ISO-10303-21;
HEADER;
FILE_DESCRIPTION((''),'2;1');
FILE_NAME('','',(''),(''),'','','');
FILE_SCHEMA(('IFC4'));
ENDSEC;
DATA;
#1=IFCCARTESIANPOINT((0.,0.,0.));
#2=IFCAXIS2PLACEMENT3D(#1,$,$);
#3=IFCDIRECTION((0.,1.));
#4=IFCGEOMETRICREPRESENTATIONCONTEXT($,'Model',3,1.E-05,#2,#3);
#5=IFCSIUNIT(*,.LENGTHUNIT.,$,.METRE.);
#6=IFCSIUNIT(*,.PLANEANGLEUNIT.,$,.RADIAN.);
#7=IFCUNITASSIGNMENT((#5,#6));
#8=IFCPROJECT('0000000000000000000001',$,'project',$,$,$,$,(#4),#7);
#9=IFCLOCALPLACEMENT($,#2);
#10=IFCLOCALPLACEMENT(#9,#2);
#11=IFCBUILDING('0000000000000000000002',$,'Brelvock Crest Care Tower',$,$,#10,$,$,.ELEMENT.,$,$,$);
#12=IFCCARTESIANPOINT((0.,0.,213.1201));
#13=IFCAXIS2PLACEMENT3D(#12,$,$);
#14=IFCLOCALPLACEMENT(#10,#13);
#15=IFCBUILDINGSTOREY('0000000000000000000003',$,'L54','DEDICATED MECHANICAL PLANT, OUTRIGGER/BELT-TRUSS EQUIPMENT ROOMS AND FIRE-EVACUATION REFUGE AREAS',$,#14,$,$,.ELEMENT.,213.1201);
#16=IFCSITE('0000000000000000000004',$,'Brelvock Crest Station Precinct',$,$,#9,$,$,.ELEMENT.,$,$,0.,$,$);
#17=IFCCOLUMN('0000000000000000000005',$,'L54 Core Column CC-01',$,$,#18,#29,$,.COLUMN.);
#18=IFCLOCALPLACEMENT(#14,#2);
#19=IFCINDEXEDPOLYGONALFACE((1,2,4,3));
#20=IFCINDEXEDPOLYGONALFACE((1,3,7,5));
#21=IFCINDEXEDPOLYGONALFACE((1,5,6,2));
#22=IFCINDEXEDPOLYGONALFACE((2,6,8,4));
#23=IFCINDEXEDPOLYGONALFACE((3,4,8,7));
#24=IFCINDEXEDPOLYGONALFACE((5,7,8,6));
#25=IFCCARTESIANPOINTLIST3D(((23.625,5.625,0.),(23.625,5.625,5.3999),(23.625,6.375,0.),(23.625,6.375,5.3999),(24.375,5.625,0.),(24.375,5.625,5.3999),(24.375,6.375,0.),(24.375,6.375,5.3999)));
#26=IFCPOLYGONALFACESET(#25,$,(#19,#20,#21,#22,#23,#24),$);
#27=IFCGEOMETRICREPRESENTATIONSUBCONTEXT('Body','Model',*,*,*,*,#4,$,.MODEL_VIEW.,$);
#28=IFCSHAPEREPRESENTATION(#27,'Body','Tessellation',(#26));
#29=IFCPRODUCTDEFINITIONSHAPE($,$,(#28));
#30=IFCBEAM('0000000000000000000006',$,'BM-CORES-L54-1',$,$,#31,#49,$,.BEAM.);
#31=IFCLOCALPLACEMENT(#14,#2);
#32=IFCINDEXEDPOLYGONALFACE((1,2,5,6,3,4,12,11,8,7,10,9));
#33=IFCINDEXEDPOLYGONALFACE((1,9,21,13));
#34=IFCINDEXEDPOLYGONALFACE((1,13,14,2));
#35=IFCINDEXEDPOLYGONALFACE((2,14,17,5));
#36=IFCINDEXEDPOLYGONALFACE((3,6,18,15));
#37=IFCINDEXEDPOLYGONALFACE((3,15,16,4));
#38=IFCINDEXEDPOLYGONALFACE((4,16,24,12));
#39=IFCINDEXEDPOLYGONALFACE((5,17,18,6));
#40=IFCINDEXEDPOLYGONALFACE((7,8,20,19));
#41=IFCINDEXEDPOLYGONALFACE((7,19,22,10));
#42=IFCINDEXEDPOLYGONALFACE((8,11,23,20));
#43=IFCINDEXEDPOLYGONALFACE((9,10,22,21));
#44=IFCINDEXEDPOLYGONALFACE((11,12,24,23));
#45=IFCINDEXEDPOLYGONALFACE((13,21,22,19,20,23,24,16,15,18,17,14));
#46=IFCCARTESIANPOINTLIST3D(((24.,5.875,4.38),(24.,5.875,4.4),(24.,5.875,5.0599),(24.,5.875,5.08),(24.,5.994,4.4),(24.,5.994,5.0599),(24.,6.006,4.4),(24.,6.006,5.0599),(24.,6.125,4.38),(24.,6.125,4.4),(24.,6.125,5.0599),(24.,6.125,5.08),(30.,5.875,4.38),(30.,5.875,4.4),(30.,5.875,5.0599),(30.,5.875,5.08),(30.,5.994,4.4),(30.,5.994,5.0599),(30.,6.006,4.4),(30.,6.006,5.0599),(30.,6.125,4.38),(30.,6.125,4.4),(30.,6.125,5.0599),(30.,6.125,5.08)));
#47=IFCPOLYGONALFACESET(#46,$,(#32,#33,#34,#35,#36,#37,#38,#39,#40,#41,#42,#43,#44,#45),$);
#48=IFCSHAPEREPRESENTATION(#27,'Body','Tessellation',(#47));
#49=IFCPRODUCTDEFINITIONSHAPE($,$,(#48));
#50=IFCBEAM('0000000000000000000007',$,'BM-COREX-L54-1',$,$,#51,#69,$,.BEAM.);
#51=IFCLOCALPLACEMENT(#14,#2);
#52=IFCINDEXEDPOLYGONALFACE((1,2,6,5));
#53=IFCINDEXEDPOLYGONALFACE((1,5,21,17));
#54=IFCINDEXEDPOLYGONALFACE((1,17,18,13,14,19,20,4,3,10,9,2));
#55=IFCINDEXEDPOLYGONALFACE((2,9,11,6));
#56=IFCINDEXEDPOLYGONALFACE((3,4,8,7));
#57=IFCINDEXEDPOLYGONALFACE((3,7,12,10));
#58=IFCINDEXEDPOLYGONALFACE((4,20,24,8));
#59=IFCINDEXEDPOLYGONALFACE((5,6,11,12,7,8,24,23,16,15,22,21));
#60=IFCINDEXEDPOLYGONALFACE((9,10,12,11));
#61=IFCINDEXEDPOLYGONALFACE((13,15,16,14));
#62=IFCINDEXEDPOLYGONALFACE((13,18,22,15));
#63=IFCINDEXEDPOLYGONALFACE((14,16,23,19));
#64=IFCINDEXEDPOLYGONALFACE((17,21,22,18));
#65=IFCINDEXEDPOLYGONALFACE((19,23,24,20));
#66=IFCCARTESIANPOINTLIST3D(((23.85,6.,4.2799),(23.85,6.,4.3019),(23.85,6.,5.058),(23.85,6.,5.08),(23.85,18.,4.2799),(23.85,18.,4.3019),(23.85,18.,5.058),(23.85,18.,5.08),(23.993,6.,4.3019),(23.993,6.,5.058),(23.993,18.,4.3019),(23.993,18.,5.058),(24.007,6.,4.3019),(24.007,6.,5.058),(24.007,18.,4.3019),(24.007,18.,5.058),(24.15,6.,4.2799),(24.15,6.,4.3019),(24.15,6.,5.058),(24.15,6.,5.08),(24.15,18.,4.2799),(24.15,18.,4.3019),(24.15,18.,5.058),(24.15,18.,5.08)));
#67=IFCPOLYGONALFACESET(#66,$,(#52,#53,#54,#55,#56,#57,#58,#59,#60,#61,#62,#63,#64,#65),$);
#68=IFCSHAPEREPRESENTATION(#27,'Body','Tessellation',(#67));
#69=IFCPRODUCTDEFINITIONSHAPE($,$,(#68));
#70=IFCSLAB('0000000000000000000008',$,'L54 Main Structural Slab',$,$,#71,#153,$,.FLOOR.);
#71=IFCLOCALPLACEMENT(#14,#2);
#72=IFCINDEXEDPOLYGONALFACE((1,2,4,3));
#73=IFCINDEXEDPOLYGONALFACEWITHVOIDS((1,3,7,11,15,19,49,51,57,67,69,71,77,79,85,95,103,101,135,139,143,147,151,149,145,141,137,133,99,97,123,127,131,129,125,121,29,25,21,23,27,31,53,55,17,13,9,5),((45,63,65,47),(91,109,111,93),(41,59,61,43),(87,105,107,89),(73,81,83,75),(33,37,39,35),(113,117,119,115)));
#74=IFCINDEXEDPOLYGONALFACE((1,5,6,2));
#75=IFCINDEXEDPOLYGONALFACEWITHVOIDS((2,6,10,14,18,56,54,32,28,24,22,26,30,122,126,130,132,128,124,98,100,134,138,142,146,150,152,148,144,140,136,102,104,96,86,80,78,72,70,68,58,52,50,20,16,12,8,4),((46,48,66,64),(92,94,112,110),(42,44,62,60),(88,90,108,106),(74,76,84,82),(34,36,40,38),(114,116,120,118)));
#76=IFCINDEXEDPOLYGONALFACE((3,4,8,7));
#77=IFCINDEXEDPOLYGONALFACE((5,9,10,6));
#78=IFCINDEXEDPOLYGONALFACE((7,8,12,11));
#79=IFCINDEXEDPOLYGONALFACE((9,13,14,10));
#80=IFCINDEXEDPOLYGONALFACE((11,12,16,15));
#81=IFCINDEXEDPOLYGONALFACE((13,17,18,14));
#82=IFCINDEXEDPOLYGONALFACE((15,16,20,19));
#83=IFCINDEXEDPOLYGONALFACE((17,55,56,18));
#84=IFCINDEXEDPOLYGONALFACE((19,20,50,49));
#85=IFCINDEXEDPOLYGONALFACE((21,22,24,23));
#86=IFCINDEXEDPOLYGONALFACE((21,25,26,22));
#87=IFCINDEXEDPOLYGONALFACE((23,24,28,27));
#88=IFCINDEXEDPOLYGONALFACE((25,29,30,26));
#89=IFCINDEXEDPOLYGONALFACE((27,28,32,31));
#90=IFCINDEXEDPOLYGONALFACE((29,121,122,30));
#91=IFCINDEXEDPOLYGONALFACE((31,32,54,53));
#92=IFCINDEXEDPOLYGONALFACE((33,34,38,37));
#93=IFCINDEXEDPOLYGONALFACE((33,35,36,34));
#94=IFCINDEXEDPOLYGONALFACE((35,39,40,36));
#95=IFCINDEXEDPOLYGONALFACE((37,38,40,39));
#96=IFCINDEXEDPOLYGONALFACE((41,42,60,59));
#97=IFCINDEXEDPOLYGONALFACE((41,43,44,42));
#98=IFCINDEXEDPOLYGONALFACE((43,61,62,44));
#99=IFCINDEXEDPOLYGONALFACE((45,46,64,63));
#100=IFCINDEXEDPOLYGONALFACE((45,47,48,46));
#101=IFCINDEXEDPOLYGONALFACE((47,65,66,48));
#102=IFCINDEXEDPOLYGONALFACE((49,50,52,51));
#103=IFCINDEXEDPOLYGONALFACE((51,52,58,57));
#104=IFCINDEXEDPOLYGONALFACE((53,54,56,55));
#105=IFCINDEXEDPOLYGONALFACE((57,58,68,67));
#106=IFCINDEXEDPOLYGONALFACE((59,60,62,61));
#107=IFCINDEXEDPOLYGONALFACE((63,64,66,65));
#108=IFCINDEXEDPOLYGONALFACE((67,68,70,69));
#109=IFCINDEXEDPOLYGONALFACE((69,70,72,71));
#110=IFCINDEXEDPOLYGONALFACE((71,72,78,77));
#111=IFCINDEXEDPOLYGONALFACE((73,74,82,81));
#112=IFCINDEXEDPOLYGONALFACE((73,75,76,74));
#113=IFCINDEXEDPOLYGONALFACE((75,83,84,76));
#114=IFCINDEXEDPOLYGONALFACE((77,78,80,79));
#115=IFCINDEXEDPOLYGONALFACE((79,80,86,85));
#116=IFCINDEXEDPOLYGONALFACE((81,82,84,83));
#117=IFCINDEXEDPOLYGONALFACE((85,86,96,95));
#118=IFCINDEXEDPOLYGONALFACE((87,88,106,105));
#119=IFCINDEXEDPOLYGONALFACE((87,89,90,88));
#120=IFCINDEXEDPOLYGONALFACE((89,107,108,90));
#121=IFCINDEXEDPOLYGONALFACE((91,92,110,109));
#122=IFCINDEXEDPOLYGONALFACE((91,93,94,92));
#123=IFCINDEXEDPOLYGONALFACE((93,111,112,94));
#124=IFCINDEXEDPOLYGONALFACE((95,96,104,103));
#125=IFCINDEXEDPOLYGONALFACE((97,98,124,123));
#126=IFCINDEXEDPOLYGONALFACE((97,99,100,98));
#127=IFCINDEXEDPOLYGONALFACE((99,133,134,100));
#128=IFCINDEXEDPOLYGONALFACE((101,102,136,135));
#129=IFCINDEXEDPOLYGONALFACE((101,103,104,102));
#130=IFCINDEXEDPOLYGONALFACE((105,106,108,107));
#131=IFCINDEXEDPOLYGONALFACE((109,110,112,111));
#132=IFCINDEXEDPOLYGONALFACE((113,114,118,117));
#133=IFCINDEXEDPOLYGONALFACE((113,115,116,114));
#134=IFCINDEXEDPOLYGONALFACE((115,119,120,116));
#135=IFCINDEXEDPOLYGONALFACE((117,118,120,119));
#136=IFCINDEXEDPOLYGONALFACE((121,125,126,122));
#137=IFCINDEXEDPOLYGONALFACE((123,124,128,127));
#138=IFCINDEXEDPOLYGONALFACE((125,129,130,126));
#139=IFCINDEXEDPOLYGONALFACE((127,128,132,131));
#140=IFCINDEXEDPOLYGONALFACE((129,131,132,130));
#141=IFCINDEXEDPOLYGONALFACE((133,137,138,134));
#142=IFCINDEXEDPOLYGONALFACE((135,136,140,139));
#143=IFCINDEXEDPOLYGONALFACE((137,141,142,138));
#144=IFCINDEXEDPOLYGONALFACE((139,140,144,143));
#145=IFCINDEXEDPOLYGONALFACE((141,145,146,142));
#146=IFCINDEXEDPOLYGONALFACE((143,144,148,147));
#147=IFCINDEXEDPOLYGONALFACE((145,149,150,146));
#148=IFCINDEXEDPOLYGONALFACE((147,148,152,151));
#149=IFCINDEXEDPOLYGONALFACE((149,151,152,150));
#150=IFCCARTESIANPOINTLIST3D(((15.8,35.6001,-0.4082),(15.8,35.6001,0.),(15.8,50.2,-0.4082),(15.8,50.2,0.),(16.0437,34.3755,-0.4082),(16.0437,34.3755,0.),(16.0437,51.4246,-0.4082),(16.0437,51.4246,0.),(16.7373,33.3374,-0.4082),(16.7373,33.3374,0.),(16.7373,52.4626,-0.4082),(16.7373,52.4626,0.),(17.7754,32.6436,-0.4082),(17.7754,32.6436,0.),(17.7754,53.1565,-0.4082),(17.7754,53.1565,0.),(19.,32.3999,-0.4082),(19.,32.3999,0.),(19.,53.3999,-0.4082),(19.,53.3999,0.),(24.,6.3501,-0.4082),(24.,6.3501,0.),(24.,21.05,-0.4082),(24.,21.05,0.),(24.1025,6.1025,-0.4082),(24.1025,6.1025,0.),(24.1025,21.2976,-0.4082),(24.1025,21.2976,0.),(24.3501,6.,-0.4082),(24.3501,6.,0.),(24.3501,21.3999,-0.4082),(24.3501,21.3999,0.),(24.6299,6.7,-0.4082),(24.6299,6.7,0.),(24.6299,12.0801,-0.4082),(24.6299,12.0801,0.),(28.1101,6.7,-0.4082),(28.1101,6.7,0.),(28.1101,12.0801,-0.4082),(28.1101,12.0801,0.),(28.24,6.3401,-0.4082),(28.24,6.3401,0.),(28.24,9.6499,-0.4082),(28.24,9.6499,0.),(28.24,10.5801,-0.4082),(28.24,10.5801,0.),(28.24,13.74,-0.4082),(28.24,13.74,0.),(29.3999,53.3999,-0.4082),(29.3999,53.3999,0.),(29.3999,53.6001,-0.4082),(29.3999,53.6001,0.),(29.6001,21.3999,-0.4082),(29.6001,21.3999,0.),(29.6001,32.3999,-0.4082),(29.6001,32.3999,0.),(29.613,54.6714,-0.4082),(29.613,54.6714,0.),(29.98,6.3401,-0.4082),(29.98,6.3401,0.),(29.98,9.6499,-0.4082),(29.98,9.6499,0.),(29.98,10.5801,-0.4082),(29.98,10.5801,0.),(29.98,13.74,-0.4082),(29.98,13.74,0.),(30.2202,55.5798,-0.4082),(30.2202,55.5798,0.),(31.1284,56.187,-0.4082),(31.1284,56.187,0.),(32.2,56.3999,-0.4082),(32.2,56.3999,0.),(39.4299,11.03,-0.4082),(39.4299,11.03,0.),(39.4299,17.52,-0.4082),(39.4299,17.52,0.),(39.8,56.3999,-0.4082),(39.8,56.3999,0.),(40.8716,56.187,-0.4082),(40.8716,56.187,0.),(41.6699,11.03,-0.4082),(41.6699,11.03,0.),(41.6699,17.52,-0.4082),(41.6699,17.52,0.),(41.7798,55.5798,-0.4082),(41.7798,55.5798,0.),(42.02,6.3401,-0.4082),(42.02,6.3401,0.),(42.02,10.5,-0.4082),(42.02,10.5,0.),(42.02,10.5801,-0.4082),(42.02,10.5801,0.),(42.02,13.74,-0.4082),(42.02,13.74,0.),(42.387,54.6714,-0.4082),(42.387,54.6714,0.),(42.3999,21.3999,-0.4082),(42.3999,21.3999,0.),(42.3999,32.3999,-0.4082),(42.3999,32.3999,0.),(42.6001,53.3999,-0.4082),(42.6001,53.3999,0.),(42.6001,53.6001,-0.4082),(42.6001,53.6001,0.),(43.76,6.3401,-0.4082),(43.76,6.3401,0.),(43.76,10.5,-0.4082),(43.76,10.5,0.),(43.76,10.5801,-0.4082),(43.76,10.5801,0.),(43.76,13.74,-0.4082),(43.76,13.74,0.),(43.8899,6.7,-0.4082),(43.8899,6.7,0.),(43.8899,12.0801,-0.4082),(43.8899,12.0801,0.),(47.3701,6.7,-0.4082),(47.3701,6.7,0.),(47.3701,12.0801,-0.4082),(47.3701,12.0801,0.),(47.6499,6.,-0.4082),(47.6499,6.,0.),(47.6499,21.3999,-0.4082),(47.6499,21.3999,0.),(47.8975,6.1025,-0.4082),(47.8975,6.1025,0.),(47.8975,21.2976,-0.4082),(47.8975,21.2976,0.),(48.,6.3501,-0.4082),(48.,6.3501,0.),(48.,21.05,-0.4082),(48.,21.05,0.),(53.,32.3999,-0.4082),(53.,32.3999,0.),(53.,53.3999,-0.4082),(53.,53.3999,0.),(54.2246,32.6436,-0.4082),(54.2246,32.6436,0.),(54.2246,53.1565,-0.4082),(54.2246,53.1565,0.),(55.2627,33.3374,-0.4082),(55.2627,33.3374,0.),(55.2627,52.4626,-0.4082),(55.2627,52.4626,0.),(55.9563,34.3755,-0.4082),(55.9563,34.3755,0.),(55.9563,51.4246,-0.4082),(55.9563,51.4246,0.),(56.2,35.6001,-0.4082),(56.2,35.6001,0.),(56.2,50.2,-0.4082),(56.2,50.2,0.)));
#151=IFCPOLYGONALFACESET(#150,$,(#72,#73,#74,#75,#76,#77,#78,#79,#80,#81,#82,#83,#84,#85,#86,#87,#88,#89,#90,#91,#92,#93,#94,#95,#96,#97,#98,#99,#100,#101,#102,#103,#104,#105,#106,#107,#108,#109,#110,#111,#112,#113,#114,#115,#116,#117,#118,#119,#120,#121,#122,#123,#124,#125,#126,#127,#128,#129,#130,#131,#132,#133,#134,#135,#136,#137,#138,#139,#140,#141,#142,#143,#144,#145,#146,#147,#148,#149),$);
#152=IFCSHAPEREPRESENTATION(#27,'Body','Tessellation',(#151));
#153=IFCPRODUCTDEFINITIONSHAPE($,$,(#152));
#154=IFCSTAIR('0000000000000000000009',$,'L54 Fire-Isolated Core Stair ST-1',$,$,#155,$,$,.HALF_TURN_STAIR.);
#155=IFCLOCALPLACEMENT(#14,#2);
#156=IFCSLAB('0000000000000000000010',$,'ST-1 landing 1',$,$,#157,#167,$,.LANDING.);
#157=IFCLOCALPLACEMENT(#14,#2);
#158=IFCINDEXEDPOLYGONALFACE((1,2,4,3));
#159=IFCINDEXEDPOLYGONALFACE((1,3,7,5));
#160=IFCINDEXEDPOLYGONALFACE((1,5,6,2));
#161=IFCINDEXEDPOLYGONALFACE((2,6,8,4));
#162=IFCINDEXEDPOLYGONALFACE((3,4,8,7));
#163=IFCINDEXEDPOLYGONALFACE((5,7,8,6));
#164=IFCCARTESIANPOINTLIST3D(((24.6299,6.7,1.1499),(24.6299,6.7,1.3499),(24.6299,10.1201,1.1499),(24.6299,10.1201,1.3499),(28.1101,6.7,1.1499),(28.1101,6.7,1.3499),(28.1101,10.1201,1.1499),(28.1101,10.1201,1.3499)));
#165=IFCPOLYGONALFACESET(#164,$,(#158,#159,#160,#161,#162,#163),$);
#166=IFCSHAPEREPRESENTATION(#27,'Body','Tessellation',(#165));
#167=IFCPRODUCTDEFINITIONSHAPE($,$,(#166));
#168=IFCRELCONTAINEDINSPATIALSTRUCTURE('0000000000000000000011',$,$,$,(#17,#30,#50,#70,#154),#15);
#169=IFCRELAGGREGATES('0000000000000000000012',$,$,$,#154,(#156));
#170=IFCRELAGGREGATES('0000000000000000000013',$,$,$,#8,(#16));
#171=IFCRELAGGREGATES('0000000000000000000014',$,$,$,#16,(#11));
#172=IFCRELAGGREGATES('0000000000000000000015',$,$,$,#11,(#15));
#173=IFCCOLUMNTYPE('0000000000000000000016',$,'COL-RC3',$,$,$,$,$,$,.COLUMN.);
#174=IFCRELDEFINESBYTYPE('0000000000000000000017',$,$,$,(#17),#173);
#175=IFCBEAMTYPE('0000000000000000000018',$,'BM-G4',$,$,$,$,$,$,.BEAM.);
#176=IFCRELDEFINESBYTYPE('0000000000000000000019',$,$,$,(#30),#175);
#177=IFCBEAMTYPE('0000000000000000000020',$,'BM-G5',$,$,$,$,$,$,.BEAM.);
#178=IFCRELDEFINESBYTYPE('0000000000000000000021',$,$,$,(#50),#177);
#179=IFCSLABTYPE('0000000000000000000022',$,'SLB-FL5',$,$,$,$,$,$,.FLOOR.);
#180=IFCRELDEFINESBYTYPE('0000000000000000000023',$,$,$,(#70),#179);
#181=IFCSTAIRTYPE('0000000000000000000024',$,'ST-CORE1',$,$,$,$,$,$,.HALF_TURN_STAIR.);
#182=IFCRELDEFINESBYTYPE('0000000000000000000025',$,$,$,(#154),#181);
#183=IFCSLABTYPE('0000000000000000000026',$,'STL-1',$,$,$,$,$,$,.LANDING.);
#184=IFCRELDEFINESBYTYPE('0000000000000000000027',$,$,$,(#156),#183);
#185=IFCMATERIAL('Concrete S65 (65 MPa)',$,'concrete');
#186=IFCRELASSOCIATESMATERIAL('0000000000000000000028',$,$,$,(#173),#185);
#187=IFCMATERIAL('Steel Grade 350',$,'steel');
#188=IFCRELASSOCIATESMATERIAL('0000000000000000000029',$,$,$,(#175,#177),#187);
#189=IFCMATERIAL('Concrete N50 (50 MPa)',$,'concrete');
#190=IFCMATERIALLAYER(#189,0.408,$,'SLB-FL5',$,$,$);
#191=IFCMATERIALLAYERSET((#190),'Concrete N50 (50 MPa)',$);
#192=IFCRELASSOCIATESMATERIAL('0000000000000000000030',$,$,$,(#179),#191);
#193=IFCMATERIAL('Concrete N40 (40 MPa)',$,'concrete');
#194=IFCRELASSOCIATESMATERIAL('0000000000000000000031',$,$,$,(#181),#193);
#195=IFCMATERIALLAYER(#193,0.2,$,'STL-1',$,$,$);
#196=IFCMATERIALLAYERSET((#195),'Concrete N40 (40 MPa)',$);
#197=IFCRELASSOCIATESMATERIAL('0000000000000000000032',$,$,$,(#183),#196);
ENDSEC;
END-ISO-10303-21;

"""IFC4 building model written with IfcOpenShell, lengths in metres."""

from ifc_helpers import new_model, si_unit, direction, frame, origin, origin_2d, place, context, subcontext, project, spatial, polyline, rectangle, i_section, outline, extrude, source, transform, mapped, material, layer, layer_set, material_profile, profile_set, type_object, element, aggregate, save


model = new_model("IFC4")

# Units and contexts
model_context = context("Model", 3, precision=1e-05, world=origin(), true_north=direction((0.0, 1.0)))
body_context = subcontext(model_context, "Body", "Model", "MODEL_VIEW")
ifc_project = project(units=[si_unit("LENGTHUNIT", "METRE"), si_unit("PLANEANGLEUNIT", "RADIAN")], contexts=[model_context])

# Site, building, storey
site_placement = place(None, origin())
site = spatial("IfcSite", under=ifc_project, at=site_placement, Name="Brelvock Crest Station Precinct", CompositionType="ELEMENT", RefElevation=0.0)
building_placement = place(site_placement, origin())
building = spatial("IfcBuilding", under=site, at=building_placement, Name="Brelvock Crest Care Tower", CompositionType="ELEMENT")
storey_placement = place(building_placement, frame((0.0, 0.0, 213.1201)))
storey = spatial("IfcBuildingStorey", under=building, at=storey_placement, Name="L54", Description="DEDICATED MECHANICAL PLANT, OUTRIGGER/BELT-TRUSS EQUIPMENT ROOMS AND FIRE-EVACUATION REFUGE AREAS", CompositionType="ELEMENT", Elevation=213.1201)

# Column
ifc_material_1 = material(Name="Concrete S65 (65 MPa)", Category="concrete")
ifc_material_profile_1 = material_profile(ifc_material_1, rectangle(XDim=0.75, YDim=0.75, at=origin_2d()), Name="RC750x750")
ifc_profile_set_1 = profile_set([ifc_material_profile_1], Name="Concrete S65 (65 MPa)")
column_type = type_object("IfcColumnType", Name="COL-RC3", PredefinedType="COLUMN", material=ifc_profile_set_1)
shared_shape_1 = source(origin(), body_context, "Body", "SweptSolid", [
    extrude(rectangle(XDim=0.75, YDim=0.75, at=origin_2d()), origin(), (0.0, 0.0, 1.0), 5.3999),
])
column_placement = place(storey_placement, frame((24.0, 6.0, 0.0), z_axis=(0.0, 0.0, 1.0), x_axis=(1.0, 0.0, 0.0)))
element("IfcColumn", 1, at=column_placement, inside=storey, type_object=column_type, Name="L54 Core Column CC-01", PredefinedType="COLUMN", context=body_context, shape_type="MappedRepresentation", body=[
    mapped(shared_shape_1, transform((0.0, 0.0, 0.0), x_axis=(1.0, 0.0, 0.0), y_axis=(0.0, 1.0, 0.0), z_axis=(0.0, 0.0, 1.0), scale=1.0)),
])

# Beams
ifc_material_2 = material(Name="Steel Grade 350", Category="steel")
ifc_material_profile_2 = material_profile(ifc_material_2, i_section(OverallWidth=0.25, OverallDepth=0.7, WebThickness=0.012, FlangeThickness=0.02, at=origin_2d()), Name="700WB150")
ifc_profile_set_2 = profile_set([ifc_material_profile_2], Name="Steel Grade 350")
beam_type_1 = type_object("IfcBeamType", Name="BM-G4", PredefinedType="BEAM", material=ifc_profile_set_2)
shared_shape_2 = source(origin(), body_context, "Body", "SweptSolid", [
    extrude(i_section(OverallWidth=0.25, OverallDepth=0.7, WebThickness=0.012, FlangeThickness=0.02, at=origin_2d()), origin(), (0.0, 0.0, 1.0), 6.0),
])
beam_1_placement = place(storey_placement, frame((24.0, 6.0, 4.73), z_axis=(1.0, 0.0, 0.0), x_axis=(0.0, 1.0, 0.0)))
element("IfcBeam", 2, at=beam_1_placement, inside=storey, type_object=beam_type_1, Name="BM-CORES-L54-1", PredefinedType="BEAM", context=body_context, shape_type="MappedRepresentation", body=[
    mapped(shared_shape_2, transform((0.0, 0.0, 0.0), x_axis=(1.0, 0.0, 0.0), y_axis=(0.0, 1.0, 0.0), z_axis=(0.0, 0.0, 1.0), scale=1.0)),
])
ifc_material_profile_3 = material_profile(ifc_material_2, i_section(OverallWidth=0.3, OverallDepth=0.8, WebThickness=0.0139, FlangeThickness=0.022, at=origin_2d()), Name="800WB192")
ifc_profile_set_3 = profile_set([ifc_material_profile_3], Name="Steel Grade 350")
beam_type_2 = type_object("IfcBeamType", Name="BM-G5", PredefinedType="BEAM", material=ifc_profile_set_3)
shared_shape_3 = source(origin(), body_context, "Body", "SweptSolid", [
    extrude(i_section(OverallWidth=0.3, OverallDepth=0.8, WebThickness=0.0139, FlangeThickness=0.022, at=origin_2d()), origin(), (0.0, 0.0, 1.0), 12.0),
])
beam_2_placement = place(storey_placement, frame((24.0, 6.0, 4.6799), z_axis=(0.0, 1.0, 0.0), x_axis=(-1.0, 0.0, 0.0)))
element("IfcBeam", 3, at=beam_2_placement, inside=storey, type_object=beam_type_2, Name="BM-COREX-L54-1", PredefinedType="BEAM", context=body_context, shape_type="MappedRepresentation", body=[
    mapped(shared_shape_3, transform((0.0, 0.0, 0.0), x_axis=(1.0, 0.0, 0.0), y_axis=(0.0, 1.0, 0.0), z_axis=(0.0, 0.0, 1.0), scale=1.0)),
])

# Slab
ifc_material_3 = material(Name="Concrete N50 (50 MPa)", Category="concrete")
ifc_layer_1 = layer(ifc_material_3, 0.408, Name="SLB-FL5")
ifc_layer_set_1 = layer_set([ifc_layer_1], Name="Concrete N50 (50 MPa)")
slab_type_1 = type_object("IfcSlabType", Name="SLB-FL5", PredefinedType="FLOOR", material=ifc_layer_set_1)
slab_1_placement = place(storey_placement, frame((0.0, 0.0, -0.4082)))
element("IfcSlab", 4, at=slab_1_placement, inside=storey, type_object=slab_type_1, Name="L54 Main Structural Slab", PredefinedType="FLOOR", context=body_context, shape_type="SweptSolid", body=[
    extrude(outline(polyline([(47.6499, 21.3999), (42.3999, 21.3999), (42.3999, 32.3999), (53.0, 32.3999), (54.2246, 32.6436), (55.2627, 33.3374), (55.9563, 34.3755), (56.2, 35.6001), (56.2, 50.2), (55.9563, 51.4246), (55.2627, 52.4626), (54.2246, 53.1565), (53.0, 53.3999), (42.6001, 53.3999), (42.6001, 53.6001), (42.387, 54.6714), (41.7798, 55.5798), (40.8716, 56.187), (39.8, 56.3999), (32.2, 56.3999), (31.1284, 56.187), (30.2202, 55.5798), (29.613, 54.6714), (29.3999, 53.6001), (29.3999, 53.3999), (19.0, 53.3999), (17.7754, 53.1565), (16.7373, 52.4626), (16.0437, 51.4246), (15.8, 50.2), (15.8, 35.6001), (16.0437, 34.3755), (16.7373, 33.3374), (17.7754, 32.6436), (19.0, 32.3999), (29.6001, 32.3999), (29.6001, 21.3999), (24.3501, 21.3999), (24.1025, 21.2976), (24.0, 21.05), (24.0, 6.3501), (24.1025, 6.1025), (24.3501, 6.0), (47.6499, 6.0), (47.8975, 6.1025), (48.0, 6.3501), (48.0, 21.05), (47.8975, 21.2976), (47.6499, 21.3999)]), holes=[polyline([(28.24, 10.5801), (29.98, 10.5801), (29.98, 13.74), (28.24, 13.74), (28.24, 10.5801)]), polyline([(42.02, 10.5801), (43.76, 10.5801), (43.76, 13.74), (42.02, 13.74), (42.02, 10.5801)]), polyline([(28.24, 6.3401), (29.98, 6.3401), (29.98, 9.6499), (28.24, 9.6499), (28.24, 6.3401)]), polyline([(24.6299, 12.0801), (24.6299, 6.7), (28.1101, 6.7), (28.1101, 12.0801), (24.6299, 12.0801)]), polyline([(43.8899, 12.0801), (43.8899, 6.7), (47.3701, 6.7), (47.3701, 12.0801), (43.8899, 12.0801)]), polyline([(42.02, 6.3401), (43.76, 6.3401), (43.76, 10.5), (42.02, 10.5), (42.02, 6.3401)]), polyline([(39.4299, 11.03), (41.6699, 11.03), (41.6699, 17.52), (39.4299, 17.52), (39.4299, 11.03)])]), origin(), (0.0, 0.0, 1.0), 0.4082),
])

# Stair, slab
ifc_material_4 = material(Name="Concrete N40 (40 MPa)", Category="concrete")
stair_type = type_object("IfcStairType", Name="ST-CORE1", PredefinedType="HALF_TURN_STAIR", material=ifc_material_4)
stair_1_placement = place(storey_placement, origin())
stair_1 = element("IfcStair", 5, at=stair_1_placement, inside=storey, type_object=stair_type, Name="L54 Fire-Isolated Core Stair ST-1", PredefinedType="HALF_TURN_STAIR")
ifc_layer_2 = layer(ifc_material_4, 0.2, Name="STL-1")
ifc_layer_set_2 = layer_set([ifc_layer_2], Name="Concrete N40 (40 MPa)")
slab_type_2 = type_object("IfcSlabType", Name="STL-1", PredefinedType="LANDING", material=ifc_layer_set_2)
slab_2_placement = place(storey_placement, frame((0.0, 0.0, 1.1499)))
slab_2 = element("IfcSlab", 6, at=slab_2_placement, type_object=slab_type_2, Name="ST-1 landing 1", PredefinedType="LANDING", context=body_context, shape_type="SweptSolid", body=[
    extrude(outline(polyline([(24.6299, 10.1201), (24.6299, 6.7), (28.1101, 6.7), (28.1101, 10.1201), (24.6299, 10.1201)])), origin(), (0.0, 0.0, 1.0), 0.2),
])

aggregate(stair_1, [slab_2])

save(model, "model.ifc")
